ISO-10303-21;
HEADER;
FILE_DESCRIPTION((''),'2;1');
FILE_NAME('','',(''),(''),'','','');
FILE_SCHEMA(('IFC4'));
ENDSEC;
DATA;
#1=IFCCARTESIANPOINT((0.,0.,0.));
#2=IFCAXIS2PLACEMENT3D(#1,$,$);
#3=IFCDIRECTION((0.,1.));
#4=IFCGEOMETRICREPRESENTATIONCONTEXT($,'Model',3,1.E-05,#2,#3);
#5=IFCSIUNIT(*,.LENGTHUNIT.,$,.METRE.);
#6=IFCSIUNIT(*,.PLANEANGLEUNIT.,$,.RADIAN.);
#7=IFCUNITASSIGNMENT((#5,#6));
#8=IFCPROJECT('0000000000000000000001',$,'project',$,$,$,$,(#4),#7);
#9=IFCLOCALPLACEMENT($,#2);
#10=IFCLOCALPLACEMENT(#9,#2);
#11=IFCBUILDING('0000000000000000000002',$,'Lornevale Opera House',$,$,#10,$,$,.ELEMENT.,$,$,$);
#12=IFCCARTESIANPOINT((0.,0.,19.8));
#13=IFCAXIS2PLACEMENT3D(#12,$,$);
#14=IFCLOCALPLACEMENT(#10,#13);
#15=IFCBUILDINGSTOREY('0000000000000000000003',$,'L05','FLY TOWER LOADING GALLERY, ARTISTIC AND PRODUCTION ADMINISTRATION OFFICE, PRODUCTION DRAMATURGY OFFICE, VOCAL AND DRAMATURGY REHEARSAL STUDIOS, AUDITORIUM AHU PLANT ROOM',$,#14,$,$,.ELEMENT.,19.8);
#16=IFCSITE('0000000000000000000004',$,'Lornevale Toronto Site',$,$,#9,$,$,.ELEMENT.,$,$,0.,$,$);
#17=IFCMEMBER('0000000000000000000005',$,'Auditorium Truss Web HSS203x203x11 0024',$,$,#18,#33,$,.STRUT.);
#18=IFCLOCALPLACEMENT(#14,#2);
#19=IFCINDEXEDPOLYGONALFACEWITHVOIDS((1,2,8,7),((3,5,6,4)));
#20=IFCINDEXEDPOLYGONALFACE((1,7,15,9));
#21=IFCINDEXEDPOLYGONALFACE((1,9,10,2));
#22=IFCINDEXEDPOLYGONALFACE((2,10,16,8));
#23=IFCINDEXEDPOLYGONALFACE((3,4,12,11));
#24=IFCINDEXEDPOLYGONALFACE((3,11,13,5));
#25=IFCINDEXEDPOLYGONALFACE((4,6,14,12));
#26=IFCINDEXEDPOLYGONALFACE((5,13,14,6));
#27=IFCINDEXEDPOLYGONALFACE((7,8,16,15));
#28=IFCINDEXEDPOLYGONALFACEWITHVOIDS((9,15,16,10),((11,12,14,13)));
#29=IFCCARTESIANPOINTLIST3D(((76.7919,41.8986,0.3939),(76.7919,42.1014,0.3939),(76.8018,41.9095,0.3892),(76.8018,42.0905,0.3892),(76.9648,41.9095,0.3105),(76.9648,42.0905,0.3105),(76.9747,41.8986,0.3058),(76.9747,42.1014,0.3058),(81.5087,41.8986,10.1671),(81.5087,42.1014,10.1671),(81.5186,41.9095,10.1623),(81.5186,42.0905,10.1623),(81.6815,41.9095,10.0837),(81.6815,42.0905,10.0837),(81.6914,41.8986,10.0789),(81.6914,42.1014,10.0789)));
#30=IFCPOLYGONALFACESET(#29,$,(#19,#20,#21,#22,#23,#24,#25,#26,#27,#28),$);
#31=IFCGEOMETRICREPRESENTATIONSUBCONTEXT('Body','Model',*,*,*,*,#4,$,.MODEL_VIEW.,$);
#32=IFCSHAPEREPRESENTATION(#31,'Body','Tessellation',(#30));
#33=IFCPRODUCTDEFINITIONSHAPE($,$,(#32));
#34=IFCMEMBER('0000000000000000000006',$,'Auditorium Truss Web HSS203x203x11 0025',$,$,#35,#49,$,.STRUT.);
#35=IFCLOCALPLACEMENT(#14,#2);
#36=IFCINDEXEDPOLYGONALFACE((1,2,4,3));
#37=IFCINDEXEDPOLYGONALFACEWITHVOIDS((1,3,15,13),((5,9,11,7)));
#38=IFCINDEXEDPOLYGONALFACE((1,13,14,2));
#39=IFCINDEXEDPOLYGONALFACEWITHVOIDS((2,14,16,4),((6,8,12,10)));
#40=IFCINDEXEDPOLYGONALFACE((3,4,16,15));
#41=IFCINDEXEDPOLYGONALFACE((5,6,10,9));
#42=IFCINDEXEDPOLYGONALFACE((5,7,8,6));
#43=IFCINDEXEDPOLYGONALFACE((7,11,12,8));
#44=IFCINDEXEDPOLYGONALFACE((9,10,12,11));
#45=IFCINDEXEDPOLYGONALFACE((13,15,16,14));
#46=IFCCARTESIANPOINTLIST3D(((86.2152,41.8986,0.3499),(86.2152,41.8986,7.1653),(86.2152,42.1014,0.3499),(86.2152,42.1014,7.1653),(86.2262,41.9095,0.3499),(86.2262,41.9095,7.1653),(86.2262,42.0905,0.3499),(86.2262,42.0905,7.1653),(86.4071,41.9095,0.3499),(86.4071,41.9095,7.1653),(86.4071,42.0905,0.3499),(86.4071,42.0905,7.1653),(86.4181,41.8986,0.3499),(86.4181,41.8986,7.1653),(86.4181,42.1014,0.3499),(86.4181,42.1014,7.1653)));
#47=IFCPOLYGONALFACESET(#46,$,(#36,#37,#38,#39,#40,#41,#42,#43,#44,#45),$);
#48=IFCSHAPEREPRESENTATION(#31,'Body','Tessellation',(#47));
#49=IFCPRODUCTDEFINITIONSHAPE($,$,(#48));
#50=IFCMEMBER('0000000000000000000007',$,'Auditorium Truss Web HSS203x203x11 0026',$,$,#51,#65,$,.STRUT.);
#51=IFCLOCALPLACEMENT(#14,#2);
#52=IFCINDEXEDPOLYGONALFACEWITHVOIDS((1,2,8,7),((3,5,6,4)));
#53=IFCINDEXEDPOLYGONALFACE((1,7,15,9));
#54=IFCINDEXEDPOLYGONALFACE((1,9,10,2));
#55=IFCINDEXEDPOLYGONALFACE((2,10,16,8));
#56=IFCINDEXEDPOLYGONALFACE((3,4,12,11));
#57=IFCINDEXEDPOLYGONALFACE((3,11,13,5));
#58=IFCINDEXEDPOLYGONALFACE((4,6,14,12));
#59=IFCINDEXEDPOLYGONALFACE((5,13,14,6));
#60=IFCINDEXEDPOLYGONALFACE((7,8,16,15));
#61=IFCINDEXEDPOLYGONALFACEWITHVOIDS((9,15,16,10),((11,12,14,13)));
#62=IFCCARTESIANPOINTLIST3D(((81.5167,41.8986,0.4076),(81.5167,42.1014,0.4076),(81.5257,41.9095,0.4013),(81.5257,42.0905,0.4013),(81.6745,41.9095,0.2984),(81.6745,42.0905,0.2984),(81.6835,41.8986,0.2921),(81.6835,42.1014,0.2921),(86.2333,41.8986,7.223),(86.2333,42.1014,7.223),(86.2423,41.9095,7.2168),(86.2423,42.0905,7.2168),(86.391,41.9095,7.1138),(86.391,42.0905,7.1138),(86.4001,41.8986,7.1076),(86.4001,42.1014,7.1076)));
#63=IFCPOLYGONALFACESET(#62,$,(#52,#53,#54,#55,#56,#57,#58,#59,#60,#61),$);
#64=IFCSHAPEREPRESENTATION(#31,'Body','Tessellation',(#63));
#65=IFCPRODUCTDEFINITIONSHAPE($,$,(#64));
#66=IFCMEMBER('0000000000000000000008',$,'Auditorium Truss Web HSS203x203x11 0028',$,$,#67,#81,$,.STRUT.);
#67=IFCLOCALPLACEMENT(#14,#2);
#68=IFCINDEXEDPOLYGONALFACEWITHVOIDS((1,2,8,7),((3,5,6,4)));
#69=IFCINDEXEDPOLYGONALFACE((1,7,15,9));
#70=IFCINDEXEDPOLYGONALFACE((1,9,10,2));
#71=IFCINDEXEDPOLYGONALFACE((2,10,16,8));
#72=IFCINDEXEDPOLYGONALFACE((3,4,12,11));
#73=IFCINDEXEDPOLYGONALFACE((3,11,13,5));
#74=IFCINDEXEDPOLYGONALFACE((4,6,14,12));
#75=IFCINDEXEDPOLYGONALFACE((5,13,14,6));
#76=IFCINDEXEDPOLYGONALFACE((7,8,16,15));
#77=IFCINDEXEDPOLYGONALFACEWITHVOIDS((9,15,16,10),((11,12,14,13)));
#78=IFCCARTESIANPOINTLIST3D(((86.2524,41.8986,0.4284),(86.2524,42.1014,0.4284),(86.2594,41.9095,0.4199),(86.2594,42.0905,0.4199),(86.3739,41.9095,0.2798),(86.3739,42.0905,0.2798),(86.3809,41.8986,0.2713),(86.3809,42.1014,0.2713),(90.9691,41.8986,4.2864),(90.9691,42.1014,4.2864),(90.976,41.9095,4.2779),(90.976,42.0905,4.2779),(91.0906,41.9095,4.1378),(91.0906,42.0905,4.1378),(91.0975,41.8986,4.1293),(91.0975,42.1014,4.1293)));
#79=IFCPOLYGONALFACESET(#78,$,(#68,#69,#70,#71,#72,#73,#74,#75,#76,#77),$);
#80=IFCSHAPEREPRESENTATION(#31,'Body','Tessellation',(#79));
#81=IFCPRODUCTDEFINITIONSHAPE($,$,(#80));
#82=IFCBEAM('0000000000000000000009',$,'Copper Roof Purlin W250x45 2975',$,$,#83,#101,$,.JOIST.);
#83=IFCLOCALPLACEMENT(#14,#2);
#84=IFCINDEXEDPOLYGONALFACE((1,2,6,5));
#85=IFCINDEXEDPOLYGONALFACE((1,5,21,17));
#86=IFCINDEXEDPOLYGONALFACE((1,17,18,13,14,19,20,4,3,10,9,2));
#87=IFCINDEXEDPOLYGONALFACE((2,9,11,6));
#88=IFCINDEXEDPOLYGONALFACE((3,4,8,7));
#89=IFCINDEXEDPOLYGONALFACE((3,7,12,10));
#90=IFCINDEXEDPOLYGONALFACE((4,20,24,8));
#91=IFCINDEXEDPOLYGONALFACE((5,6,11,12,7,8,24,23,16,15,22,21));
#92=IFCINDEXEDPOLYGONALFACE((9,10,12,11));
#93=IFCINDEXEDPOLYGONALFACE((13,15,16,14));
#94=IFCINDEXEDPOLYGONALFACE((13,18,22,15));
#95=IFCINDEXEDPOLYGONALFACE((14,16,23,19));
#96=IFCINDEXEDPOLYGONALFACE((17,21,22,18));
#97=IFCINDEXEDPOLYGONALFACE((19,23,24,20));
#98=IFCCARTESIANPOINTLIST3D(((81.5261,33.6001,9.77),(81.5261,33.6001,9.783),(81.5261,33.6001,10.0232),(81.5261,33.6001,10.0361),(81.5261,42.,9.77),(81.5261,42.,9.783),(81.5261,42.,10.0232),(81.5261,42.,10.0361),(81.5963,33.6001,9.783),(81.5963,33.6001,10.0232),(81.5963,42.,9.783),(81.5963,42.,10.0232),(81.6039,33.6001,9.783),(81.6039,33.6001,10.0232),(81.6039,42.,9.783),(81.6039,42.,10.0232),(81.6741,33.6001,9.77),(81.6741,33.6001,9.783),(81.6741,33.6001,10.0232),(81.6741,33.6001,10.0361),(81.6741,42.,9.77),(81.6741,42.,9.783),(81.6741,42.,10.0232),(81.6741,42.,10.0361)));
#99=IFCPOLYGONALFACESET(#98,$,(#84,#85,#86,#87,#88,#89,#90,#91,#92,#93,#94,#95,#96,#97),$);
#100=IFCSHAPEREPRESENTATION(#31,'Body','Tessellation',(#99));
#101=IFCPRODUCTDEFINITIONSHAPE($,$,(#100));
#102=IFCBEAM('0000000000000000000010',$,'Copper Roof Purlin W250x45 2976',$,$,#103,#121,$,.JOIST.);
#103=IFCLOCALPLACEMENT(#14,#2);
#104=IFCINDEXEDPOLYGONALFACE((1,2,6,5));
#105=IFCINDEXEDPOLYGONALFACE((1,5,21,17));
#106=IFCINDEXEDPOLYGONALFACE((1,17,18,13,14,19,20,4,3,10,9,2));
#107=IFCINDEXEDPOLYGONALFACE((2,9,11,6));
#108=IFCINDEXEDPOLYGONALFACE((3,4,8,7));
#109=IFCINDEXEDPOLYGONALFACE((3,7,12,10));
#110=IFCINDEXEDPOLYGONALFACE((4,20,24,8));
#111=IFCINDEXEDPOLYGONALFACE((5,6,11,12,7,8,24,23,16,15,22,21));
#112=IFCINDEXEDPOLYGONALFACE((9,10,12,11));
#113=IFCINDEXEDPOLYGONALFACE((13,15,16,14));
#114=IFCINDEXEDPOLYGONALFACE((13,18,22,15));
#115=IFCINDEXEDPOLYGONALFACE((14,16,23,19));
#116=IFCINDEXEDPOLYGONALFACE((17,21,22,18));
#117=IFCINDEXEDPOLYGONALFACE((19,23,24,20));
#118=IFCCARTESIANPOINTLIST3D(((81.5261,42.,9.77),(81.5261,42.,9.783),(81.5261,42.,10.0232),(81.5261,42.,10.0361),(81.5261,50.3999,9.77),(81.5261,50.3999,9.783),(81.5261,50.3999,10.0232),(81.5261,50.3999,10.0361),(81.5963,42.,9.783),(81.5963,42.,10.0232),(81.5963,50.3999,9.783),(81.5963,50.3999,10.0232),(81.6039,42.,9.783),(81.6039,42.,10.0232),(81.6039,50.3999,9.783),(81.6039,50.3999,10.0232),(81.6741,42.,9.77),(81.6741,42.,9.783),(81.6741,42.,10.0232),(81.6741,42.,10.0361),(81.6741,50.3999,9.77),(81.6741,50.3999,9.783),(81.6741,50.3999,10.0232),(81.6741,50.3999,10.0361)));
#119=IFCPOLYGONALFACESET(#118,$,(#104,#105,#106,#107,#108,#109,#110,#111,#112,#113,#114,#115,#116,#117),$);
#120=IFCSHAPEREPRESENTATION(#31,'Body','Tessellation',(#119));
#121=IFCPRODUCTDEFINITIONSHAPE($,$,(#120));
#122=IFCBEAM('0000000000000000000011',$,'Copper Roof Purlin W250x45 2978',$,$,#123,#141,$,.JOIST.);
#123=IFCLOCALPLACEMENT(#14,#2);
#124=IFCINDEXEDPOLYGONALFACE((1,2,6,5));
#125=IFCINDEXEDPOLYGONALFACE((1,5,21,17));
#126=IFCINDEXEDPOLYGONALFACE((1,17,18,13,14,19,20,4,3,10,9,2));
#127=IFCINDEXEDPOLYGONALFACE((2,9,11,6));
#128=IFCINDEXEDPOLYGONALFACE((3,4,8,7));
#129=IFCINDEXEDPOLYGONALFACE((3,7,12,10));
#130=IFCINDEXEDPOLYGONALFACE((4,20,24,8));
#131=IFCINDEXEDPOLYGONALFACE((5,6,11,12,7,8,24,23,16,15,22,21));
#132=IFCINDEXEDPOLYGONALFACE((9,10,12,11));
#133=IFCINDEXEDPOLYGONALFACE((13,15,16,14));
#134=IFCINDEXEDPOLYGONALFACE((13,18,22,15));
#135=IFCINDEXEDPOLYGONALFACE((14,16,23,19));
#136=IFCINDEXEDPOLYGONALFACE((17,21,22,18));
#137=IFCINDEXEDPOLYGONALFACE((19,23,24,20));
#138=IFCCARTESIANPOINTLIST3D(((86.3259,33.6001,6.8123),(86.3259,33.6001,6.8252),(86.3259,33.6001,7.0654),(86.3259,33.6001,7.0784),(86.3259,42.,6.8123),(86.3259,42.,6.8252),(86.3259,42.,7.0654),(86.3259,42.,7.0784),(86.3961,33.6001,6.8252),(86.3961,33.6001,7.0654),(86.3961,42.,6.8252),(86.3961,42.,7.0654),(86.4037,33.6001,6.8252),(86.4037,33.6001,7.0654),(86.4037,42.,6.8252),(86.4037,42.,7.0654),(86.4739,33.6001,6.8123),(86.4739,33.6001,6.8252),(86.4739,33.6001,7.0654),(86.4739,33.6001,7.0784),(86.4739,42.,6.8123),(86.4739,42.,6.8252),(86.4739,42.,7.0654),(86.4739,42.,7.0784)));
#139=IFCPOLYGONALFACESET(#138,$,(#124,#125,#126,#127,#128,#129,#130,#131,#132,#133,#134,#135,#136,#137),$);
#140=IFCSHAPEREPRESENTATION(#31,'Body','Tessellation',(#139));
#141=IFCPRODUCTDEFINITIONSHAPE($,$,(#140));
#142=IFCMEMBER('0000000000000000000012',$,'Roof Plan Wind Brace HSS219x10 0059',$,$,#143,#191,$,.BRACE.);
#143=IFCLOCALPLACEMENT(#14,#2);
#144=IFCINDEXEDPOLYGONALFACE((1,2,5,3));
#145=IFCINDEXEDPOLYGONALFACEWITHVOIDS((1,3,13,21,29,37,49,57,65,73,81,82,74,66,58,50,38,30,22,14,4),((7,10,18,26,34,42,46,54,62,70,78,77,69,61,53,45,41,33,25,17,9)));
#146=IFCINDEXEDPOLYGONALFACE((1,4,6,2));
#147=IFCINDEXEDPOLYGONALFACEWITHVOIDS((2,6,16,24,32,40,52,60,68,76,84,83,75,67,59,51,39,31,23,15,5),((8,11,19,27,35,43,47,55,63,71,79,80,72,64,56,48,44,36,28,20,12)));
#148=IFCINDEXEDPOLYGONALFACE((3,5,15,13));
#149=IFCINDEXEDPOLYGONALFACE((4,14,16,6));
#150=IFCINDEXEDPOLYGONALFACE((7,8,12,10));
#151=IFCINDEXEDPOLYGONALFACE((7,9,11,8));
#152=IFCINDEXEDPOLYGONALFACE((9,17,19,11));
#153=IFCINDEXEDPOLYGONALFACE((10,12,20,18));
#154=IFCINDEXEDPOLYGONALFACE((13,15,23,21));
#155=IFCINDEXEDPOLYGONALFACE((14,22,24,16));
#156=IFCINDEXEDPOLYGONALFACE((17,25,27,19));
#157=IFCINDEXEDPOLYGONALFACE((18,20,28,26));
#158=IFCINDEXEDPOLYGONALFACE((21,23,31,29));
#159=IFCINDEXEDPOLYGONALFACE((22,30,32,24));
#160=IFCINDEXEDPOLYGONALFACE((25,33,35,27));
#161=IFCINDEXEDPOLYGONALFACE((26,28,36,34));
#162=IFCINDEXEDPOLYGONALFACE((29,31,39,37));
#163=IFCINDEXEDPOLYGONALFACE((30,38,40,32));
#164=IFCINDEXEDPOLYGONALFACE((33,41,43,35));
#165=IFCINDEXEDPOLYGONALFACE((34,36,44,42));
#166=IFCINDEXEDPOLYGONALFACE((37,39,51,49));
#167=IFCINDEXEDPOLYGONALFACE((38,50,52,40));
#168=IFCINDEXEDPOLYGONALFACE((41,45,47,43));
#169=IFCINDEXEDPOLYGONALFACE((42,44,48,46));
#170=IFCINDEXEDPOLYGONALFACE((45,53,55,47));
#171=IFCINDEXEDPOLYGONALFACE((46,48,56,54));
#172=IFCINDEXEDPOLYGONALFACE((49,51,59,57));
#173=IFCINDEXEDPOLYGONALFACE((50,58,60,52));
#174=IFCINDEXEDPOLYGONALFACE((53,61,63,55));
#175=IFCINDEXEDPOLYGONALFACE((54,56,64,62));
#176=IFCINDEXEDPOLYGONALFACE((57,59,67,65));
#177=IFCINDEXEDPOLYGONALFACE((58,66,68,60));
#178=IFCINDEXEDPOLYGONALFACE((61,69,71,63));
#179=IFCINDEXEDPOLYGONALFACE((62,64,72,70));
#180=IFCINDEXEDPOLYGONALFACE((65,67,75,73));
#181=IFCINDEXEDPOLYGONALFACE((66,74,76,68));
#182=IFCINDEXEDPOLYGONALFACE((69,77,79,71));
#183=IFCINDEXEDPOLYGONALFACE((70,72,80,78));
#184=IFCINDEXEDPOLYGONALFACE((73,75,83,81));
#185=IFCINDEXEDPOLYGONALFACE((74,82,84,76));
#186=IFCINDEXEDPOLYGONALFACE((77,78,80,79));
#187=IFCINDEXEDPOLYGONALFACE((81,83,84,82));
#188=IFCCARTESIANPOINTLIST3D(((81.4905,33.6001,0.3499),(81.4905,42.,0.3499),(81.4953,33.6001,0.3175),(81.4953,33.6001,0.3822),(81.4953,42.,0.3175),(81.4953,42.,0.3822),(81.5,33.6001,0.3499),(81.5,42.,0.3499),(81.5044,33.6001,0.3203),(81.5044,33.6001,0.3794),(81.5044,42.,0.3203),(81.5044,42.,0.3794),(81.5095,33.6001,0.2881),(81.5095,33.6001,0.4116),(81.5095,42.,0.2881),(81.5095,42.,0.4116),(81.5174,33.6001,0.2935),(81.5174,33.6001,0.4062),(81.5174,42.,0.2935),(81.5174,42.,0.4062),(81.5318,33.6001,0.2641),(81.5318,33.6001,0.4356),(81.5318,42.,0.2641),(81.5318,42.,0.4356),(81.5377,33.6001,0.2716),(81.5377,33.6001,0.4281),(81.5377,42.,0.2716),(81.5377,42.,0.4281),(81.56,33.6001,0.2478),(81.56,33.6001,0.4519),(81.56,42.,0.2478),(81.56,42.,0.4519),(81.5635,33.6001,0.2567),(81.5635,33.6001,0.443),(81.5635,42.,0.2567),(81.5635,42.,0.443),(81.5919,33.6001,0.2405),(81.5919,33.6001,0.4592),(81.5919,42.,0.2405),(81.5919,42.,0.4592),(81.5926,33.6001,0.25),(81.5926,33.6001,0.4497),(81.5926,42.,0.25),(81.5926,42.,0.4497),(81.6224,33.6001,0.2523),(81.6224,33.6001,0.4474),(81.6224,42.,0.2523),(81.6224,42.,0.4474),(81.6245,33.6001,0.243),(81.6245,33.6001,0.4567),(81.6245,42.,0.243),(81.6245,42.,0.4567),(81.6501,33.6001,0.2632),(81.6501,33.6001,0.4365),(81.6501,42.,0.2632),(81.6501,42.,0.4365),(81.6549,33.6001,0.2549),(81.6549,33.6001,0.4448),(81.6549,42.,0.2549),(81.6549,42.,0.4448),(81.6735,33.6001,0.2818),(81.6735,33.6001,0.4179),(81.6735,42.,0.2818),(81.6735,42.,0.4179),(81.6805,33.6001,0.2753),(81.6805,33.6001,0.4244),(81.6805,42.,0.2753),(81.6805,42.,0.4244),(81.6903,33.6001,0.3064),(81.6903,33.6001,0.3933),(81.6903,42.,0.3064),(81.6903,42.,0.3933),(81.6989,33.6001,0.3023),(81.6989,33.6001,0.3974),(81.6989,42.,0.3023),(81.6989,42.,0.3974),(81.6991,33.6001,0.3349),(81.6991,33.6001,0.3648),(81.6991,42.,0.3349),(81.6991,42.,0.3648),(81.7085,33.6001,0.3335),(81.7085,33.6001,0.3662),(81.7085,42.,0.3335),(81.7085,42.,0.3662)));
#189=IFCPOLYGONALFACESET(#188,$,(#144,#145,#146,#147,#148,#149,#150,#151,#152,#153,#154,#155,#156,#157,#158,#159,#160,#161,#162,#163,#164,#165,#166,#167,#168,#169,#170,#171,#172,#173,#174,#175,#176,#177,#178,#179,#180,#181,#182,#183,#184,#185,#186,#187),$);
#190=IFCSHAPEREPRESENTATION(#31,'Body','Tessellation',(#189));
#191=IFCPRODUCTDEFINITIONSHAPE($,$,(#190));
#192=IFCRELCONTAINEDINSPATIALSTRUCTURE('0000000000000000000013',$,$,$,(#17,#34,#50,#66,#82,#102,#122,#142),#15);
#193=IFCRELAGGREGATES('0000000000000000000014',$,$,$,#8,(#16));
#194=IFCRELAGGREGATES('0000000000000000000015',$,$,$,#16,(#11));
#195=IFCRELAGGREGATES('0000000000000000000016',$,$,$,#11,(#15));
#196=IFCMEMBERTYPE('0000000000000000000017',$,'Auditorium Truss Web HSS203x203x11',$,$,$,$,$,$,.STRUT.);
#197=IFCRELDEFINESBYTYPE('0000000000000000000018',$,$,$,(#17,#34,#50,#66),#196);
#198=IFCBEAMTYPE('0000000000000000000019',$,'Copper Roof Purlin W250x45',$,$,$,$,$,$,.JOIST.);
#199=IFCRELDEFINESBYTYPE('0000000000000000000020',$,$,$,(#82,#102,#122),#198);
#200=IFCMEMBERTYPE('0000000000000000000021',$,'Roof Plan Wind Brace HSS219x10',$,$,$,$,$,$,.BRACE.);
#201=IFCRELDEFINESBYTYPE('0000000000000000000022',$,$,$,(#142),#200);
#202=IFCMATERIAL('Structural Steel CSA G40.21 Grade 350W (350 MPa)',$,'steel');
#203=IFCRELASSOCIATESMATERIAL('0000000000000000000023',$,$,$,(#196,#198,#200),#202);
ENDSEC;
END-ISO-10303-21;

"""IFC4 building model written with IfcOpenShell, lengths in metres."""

from ifc_helpers import new_model, si_unit, direction, frame, origin, origin_2d, place, context, subcontext, project, spatial, hollow_rectangle, hollow_circle, i_section, extrude, material, material_profile, profile_set, type_object, element, save


model = new_model("IFC4")

# Units and contexts
model_context = context("Model", 3, precision=1e-05, world=origin(), true_north=direction((0.0, 1.0)))
body_context = subcontext(model_context, "Body", "Model", "MODEL_VIEW")
ifc_project = project(units=[si_unit("LENGTHUNIT", "METRE"), si_unit("PLANEANGLEUNIT", "RADIAN")], contexts=[model_context])

# Site, building, storey
site_placement = place(None, origin())
site = spatial("IfcSite", under=ifc_project, at=site_placement, Name="Lornevale Toronto Site", CompositionType="ELEMENT", RefElevation=0.0)
building_placement = place(site_placement, origin())
building = spatial("IfcBuilding", under=site, at=building_placement, Name="Lornevale Opera House", CompositionType="ELEMENT")
storey_placement = place(building_placement, frame((0.0, 0.0, 19.8)))
storey = spatial("IfcBuildingStorey", under=building, at=storey_placement, Name="L05", Description="FLY TOWER LOADING GALLERY, ARTISTIC AND PRODUCTION ADMINISTRATION OFFICE, PRODUCTION DRAMATURGY OFFICE, VOCAL AND DRAMATURGY REHEARSAL STUDIOS, AUDITORIUM AHU PLANT ROOM", CompositionType="ELEMENT", Elevation=19.8)

# Shared definitions
ifc_material_1 = material(Name="Structural Steel CSA G40.21 Grade 350W (350 MPa)", Category="steel")

# Members
ifc_material_profile_1 = material_profile(ifc_material_1, hollow_rectangle(XDim=0.2029, YDim=0.2029, WallThickness=0.011, at=origin_2d()), Name="HSS203x203x11")
ifc_profile_set_1 = profile_set([ifc_material_profile_1], Name="Structural Steel CSA G40.21 Grade 350W (350 MPa)")
member_type_1 = type_object("IfcMemberType", Name="Auditorium Truss Web HSS203x203x11", PredefinedType="STRUT", material=ifc_profile_set_1)
member_1_placement = place(storey_placement, frame((76.8833, 42.0, 0.3499), z_axis=(0.434652, 0.0, 0.900598), x_axis=(0.0, 1.0, 0.0)))
element("IfcMember", 1, at=member_1_placement, inside=storey, type_object=member_type_1, Name="Auditorium Truss Web HSS203x203x11 0024", PredefinedType="STRUT", context=body_context, shape_type="SweptSolid", body=[
    extrude(hollow_rectangle(XDim=0.2029, YDim=0.2029, WallThickness=0.011, at=origin_2d()), origin(), (0.0, 0.0, 1.0), 10.8518),
])
member_2_placement = place(storey_placement, frame((86.3167, 42.0, 0.3499), z_axis=(0.0, 0.0, 1.0), x_axis=(1.0, 0.0, 0.0)))
element("IfcMember", 2, at=member_2_placement, inside=storey, type_object=member_type_1, Name="Auditorium Truss Web HSS203x203x11 0025", PredefinedType="STRUT", context=body_context, shape_type="SweptSolid", body=[
    extrude(hollow_rectangle(XDim=0.2029, YDim=0.2029, WallThickness=0.011, at=origin_2d()), origin(), (0.0, 0.0, 1.0), 6.8154),
])
member_3_placement = place(storey_placement, frame((81.6001, 42.0, 0.3499), z_axis=(0.569061, 0.0, 0.822295), x_axis=(0.0, 1.0, 0.0)))
element("IfcMember", 3, at=member_3_placement, inside=storey, type_object=member_type_1, Name="Auditorium Truss Web HSS203x203x11 0026", PredefinedType="STRUT", context=body_context, shape_type="SweptSolid", body=[
    extrude(hollow_rectangle(XDim=0.2029, YDim=0.2029, WallThickness=0.011, at=origin_2d()), origin(), (0.0, 0.0, 1.0), 8.2883),
])
member_4_placement = place(storey_placement, frame((86.3167, 42.0, 0.3499), z_axis=(0.774045, 0.0, 0.633131), x_axis=(0.0, 1.0, 0.0)))
element("IfcMember", 4, at=member_4_placement, inside=storey, type_object=member_type_1, Name="Auditorium Truss Web HSS203x203x11 0028", PredefinedType="STRUT", context=body_context, shape_type="SweptSolid", body=[
    extrude(hollow_rectangle(XDim=0.2029, YDim=0.2029, WallThickness=0.011, at=origin_2d()), origin(), (0.0, 0.0, 1.0), 6.0935),
])

# Beams
ifc_material_profile_2 = material_profile(ifc_material_1, i_section(OverallWidth=0.1479, OverallDepth=0.2661, WebThickness=0.0076, FlangeThickness=0.0129, at=origin_2d()), Name="W250x45")
ifc_profile_set_2 = profile_set([ifc_material_profile_2], Name="Structural Steel CSA G40.21 Grade 350W (350 MPa)")
beam_type_1 = type_object("IfcBeamType", Name="Copper Roof Purlin W250x45", PredefinedType="JOIST", material=ifc_profile_set_2)
for number, where, z_axis, x_axis, name in (
    (5, (81.6001, 33.6001, 9.9031), (0.0, 1.0, 0.0), (-1.0, 0.0, 0.0), "Copper Roof Purlin W250x45 2975"),
    (6, (81.6001, 42.0, 9.9031), (0.0, 1.0, 0.0), (-1.0, 0.0, 0.0), "Copper Roof Purlin W250x45 2976"),
    (7, (86.3999, 33.6001, 6.9453), (0.0, 1.0, 0.0), (-1.0, 0.0, 0.0), "Copper Roof Purlin W250x45 2978"),
):
    element("IfcBeam", number, at=place(storey_placement, frame(where, z_axis=z_axis, x_axis=x_axis)), inside=storey, type_object=beam_type_1, Name=name, PredefinedType="JOIST", context=body_context, shape_type="SweptSolid", body=[
        extrude(i_section(OverallWidth=0.1479, OverallDepth=0.2661, WebThickness=0.0076, FlangeThickness=0.0129, at=origin_2d()), origin(), (0.0, 0.0, 1.0), 8.3999),
    ])

# Member
ifc_material_profile_3 = material_profile(ifc_material_1, hollow_circle(Radius=0.1096, WallThickness=0.0095, at=origin_2d()), Name="HSS219x10")
ifc_profile_set_3 = profile_set([ifc_material_profile_3], Name="Structural Steel CSA G40.21 Grade 350W (350 MPa)")
member_type_2 = type_object("IfcMemberType", Name="Roof Plan Wind Brace HSS219x10", PredefinedType="BRACE", material=ifc_profile_set_3)
for number, where, z_axis, x_axis, name in (
    (8, (81.6001, 33.6001, 0.3499), (0.0, 1.0, 0.0), (-1.0, 0.0, 0.0), "Roof Plan Wind Brace HSS219x10 0059"),
):
    element("IfcMember", number, at=place(storey_placement, frame(where, z_axis=z_axis, x_axis=x_axis)), inside=storey, type_object=member_type_2, Name=name, PredefinedType="BRACE", context=body_context, shape_type="SweptSolid", body=[
        extrude(hollow_circle(Radius=0.1096, WallThickness=0.0095, at=origin_2d()), origin(), (0.0, 0.0, 1.0), 8.3999),
    ])

save(model, "model.ifc")
